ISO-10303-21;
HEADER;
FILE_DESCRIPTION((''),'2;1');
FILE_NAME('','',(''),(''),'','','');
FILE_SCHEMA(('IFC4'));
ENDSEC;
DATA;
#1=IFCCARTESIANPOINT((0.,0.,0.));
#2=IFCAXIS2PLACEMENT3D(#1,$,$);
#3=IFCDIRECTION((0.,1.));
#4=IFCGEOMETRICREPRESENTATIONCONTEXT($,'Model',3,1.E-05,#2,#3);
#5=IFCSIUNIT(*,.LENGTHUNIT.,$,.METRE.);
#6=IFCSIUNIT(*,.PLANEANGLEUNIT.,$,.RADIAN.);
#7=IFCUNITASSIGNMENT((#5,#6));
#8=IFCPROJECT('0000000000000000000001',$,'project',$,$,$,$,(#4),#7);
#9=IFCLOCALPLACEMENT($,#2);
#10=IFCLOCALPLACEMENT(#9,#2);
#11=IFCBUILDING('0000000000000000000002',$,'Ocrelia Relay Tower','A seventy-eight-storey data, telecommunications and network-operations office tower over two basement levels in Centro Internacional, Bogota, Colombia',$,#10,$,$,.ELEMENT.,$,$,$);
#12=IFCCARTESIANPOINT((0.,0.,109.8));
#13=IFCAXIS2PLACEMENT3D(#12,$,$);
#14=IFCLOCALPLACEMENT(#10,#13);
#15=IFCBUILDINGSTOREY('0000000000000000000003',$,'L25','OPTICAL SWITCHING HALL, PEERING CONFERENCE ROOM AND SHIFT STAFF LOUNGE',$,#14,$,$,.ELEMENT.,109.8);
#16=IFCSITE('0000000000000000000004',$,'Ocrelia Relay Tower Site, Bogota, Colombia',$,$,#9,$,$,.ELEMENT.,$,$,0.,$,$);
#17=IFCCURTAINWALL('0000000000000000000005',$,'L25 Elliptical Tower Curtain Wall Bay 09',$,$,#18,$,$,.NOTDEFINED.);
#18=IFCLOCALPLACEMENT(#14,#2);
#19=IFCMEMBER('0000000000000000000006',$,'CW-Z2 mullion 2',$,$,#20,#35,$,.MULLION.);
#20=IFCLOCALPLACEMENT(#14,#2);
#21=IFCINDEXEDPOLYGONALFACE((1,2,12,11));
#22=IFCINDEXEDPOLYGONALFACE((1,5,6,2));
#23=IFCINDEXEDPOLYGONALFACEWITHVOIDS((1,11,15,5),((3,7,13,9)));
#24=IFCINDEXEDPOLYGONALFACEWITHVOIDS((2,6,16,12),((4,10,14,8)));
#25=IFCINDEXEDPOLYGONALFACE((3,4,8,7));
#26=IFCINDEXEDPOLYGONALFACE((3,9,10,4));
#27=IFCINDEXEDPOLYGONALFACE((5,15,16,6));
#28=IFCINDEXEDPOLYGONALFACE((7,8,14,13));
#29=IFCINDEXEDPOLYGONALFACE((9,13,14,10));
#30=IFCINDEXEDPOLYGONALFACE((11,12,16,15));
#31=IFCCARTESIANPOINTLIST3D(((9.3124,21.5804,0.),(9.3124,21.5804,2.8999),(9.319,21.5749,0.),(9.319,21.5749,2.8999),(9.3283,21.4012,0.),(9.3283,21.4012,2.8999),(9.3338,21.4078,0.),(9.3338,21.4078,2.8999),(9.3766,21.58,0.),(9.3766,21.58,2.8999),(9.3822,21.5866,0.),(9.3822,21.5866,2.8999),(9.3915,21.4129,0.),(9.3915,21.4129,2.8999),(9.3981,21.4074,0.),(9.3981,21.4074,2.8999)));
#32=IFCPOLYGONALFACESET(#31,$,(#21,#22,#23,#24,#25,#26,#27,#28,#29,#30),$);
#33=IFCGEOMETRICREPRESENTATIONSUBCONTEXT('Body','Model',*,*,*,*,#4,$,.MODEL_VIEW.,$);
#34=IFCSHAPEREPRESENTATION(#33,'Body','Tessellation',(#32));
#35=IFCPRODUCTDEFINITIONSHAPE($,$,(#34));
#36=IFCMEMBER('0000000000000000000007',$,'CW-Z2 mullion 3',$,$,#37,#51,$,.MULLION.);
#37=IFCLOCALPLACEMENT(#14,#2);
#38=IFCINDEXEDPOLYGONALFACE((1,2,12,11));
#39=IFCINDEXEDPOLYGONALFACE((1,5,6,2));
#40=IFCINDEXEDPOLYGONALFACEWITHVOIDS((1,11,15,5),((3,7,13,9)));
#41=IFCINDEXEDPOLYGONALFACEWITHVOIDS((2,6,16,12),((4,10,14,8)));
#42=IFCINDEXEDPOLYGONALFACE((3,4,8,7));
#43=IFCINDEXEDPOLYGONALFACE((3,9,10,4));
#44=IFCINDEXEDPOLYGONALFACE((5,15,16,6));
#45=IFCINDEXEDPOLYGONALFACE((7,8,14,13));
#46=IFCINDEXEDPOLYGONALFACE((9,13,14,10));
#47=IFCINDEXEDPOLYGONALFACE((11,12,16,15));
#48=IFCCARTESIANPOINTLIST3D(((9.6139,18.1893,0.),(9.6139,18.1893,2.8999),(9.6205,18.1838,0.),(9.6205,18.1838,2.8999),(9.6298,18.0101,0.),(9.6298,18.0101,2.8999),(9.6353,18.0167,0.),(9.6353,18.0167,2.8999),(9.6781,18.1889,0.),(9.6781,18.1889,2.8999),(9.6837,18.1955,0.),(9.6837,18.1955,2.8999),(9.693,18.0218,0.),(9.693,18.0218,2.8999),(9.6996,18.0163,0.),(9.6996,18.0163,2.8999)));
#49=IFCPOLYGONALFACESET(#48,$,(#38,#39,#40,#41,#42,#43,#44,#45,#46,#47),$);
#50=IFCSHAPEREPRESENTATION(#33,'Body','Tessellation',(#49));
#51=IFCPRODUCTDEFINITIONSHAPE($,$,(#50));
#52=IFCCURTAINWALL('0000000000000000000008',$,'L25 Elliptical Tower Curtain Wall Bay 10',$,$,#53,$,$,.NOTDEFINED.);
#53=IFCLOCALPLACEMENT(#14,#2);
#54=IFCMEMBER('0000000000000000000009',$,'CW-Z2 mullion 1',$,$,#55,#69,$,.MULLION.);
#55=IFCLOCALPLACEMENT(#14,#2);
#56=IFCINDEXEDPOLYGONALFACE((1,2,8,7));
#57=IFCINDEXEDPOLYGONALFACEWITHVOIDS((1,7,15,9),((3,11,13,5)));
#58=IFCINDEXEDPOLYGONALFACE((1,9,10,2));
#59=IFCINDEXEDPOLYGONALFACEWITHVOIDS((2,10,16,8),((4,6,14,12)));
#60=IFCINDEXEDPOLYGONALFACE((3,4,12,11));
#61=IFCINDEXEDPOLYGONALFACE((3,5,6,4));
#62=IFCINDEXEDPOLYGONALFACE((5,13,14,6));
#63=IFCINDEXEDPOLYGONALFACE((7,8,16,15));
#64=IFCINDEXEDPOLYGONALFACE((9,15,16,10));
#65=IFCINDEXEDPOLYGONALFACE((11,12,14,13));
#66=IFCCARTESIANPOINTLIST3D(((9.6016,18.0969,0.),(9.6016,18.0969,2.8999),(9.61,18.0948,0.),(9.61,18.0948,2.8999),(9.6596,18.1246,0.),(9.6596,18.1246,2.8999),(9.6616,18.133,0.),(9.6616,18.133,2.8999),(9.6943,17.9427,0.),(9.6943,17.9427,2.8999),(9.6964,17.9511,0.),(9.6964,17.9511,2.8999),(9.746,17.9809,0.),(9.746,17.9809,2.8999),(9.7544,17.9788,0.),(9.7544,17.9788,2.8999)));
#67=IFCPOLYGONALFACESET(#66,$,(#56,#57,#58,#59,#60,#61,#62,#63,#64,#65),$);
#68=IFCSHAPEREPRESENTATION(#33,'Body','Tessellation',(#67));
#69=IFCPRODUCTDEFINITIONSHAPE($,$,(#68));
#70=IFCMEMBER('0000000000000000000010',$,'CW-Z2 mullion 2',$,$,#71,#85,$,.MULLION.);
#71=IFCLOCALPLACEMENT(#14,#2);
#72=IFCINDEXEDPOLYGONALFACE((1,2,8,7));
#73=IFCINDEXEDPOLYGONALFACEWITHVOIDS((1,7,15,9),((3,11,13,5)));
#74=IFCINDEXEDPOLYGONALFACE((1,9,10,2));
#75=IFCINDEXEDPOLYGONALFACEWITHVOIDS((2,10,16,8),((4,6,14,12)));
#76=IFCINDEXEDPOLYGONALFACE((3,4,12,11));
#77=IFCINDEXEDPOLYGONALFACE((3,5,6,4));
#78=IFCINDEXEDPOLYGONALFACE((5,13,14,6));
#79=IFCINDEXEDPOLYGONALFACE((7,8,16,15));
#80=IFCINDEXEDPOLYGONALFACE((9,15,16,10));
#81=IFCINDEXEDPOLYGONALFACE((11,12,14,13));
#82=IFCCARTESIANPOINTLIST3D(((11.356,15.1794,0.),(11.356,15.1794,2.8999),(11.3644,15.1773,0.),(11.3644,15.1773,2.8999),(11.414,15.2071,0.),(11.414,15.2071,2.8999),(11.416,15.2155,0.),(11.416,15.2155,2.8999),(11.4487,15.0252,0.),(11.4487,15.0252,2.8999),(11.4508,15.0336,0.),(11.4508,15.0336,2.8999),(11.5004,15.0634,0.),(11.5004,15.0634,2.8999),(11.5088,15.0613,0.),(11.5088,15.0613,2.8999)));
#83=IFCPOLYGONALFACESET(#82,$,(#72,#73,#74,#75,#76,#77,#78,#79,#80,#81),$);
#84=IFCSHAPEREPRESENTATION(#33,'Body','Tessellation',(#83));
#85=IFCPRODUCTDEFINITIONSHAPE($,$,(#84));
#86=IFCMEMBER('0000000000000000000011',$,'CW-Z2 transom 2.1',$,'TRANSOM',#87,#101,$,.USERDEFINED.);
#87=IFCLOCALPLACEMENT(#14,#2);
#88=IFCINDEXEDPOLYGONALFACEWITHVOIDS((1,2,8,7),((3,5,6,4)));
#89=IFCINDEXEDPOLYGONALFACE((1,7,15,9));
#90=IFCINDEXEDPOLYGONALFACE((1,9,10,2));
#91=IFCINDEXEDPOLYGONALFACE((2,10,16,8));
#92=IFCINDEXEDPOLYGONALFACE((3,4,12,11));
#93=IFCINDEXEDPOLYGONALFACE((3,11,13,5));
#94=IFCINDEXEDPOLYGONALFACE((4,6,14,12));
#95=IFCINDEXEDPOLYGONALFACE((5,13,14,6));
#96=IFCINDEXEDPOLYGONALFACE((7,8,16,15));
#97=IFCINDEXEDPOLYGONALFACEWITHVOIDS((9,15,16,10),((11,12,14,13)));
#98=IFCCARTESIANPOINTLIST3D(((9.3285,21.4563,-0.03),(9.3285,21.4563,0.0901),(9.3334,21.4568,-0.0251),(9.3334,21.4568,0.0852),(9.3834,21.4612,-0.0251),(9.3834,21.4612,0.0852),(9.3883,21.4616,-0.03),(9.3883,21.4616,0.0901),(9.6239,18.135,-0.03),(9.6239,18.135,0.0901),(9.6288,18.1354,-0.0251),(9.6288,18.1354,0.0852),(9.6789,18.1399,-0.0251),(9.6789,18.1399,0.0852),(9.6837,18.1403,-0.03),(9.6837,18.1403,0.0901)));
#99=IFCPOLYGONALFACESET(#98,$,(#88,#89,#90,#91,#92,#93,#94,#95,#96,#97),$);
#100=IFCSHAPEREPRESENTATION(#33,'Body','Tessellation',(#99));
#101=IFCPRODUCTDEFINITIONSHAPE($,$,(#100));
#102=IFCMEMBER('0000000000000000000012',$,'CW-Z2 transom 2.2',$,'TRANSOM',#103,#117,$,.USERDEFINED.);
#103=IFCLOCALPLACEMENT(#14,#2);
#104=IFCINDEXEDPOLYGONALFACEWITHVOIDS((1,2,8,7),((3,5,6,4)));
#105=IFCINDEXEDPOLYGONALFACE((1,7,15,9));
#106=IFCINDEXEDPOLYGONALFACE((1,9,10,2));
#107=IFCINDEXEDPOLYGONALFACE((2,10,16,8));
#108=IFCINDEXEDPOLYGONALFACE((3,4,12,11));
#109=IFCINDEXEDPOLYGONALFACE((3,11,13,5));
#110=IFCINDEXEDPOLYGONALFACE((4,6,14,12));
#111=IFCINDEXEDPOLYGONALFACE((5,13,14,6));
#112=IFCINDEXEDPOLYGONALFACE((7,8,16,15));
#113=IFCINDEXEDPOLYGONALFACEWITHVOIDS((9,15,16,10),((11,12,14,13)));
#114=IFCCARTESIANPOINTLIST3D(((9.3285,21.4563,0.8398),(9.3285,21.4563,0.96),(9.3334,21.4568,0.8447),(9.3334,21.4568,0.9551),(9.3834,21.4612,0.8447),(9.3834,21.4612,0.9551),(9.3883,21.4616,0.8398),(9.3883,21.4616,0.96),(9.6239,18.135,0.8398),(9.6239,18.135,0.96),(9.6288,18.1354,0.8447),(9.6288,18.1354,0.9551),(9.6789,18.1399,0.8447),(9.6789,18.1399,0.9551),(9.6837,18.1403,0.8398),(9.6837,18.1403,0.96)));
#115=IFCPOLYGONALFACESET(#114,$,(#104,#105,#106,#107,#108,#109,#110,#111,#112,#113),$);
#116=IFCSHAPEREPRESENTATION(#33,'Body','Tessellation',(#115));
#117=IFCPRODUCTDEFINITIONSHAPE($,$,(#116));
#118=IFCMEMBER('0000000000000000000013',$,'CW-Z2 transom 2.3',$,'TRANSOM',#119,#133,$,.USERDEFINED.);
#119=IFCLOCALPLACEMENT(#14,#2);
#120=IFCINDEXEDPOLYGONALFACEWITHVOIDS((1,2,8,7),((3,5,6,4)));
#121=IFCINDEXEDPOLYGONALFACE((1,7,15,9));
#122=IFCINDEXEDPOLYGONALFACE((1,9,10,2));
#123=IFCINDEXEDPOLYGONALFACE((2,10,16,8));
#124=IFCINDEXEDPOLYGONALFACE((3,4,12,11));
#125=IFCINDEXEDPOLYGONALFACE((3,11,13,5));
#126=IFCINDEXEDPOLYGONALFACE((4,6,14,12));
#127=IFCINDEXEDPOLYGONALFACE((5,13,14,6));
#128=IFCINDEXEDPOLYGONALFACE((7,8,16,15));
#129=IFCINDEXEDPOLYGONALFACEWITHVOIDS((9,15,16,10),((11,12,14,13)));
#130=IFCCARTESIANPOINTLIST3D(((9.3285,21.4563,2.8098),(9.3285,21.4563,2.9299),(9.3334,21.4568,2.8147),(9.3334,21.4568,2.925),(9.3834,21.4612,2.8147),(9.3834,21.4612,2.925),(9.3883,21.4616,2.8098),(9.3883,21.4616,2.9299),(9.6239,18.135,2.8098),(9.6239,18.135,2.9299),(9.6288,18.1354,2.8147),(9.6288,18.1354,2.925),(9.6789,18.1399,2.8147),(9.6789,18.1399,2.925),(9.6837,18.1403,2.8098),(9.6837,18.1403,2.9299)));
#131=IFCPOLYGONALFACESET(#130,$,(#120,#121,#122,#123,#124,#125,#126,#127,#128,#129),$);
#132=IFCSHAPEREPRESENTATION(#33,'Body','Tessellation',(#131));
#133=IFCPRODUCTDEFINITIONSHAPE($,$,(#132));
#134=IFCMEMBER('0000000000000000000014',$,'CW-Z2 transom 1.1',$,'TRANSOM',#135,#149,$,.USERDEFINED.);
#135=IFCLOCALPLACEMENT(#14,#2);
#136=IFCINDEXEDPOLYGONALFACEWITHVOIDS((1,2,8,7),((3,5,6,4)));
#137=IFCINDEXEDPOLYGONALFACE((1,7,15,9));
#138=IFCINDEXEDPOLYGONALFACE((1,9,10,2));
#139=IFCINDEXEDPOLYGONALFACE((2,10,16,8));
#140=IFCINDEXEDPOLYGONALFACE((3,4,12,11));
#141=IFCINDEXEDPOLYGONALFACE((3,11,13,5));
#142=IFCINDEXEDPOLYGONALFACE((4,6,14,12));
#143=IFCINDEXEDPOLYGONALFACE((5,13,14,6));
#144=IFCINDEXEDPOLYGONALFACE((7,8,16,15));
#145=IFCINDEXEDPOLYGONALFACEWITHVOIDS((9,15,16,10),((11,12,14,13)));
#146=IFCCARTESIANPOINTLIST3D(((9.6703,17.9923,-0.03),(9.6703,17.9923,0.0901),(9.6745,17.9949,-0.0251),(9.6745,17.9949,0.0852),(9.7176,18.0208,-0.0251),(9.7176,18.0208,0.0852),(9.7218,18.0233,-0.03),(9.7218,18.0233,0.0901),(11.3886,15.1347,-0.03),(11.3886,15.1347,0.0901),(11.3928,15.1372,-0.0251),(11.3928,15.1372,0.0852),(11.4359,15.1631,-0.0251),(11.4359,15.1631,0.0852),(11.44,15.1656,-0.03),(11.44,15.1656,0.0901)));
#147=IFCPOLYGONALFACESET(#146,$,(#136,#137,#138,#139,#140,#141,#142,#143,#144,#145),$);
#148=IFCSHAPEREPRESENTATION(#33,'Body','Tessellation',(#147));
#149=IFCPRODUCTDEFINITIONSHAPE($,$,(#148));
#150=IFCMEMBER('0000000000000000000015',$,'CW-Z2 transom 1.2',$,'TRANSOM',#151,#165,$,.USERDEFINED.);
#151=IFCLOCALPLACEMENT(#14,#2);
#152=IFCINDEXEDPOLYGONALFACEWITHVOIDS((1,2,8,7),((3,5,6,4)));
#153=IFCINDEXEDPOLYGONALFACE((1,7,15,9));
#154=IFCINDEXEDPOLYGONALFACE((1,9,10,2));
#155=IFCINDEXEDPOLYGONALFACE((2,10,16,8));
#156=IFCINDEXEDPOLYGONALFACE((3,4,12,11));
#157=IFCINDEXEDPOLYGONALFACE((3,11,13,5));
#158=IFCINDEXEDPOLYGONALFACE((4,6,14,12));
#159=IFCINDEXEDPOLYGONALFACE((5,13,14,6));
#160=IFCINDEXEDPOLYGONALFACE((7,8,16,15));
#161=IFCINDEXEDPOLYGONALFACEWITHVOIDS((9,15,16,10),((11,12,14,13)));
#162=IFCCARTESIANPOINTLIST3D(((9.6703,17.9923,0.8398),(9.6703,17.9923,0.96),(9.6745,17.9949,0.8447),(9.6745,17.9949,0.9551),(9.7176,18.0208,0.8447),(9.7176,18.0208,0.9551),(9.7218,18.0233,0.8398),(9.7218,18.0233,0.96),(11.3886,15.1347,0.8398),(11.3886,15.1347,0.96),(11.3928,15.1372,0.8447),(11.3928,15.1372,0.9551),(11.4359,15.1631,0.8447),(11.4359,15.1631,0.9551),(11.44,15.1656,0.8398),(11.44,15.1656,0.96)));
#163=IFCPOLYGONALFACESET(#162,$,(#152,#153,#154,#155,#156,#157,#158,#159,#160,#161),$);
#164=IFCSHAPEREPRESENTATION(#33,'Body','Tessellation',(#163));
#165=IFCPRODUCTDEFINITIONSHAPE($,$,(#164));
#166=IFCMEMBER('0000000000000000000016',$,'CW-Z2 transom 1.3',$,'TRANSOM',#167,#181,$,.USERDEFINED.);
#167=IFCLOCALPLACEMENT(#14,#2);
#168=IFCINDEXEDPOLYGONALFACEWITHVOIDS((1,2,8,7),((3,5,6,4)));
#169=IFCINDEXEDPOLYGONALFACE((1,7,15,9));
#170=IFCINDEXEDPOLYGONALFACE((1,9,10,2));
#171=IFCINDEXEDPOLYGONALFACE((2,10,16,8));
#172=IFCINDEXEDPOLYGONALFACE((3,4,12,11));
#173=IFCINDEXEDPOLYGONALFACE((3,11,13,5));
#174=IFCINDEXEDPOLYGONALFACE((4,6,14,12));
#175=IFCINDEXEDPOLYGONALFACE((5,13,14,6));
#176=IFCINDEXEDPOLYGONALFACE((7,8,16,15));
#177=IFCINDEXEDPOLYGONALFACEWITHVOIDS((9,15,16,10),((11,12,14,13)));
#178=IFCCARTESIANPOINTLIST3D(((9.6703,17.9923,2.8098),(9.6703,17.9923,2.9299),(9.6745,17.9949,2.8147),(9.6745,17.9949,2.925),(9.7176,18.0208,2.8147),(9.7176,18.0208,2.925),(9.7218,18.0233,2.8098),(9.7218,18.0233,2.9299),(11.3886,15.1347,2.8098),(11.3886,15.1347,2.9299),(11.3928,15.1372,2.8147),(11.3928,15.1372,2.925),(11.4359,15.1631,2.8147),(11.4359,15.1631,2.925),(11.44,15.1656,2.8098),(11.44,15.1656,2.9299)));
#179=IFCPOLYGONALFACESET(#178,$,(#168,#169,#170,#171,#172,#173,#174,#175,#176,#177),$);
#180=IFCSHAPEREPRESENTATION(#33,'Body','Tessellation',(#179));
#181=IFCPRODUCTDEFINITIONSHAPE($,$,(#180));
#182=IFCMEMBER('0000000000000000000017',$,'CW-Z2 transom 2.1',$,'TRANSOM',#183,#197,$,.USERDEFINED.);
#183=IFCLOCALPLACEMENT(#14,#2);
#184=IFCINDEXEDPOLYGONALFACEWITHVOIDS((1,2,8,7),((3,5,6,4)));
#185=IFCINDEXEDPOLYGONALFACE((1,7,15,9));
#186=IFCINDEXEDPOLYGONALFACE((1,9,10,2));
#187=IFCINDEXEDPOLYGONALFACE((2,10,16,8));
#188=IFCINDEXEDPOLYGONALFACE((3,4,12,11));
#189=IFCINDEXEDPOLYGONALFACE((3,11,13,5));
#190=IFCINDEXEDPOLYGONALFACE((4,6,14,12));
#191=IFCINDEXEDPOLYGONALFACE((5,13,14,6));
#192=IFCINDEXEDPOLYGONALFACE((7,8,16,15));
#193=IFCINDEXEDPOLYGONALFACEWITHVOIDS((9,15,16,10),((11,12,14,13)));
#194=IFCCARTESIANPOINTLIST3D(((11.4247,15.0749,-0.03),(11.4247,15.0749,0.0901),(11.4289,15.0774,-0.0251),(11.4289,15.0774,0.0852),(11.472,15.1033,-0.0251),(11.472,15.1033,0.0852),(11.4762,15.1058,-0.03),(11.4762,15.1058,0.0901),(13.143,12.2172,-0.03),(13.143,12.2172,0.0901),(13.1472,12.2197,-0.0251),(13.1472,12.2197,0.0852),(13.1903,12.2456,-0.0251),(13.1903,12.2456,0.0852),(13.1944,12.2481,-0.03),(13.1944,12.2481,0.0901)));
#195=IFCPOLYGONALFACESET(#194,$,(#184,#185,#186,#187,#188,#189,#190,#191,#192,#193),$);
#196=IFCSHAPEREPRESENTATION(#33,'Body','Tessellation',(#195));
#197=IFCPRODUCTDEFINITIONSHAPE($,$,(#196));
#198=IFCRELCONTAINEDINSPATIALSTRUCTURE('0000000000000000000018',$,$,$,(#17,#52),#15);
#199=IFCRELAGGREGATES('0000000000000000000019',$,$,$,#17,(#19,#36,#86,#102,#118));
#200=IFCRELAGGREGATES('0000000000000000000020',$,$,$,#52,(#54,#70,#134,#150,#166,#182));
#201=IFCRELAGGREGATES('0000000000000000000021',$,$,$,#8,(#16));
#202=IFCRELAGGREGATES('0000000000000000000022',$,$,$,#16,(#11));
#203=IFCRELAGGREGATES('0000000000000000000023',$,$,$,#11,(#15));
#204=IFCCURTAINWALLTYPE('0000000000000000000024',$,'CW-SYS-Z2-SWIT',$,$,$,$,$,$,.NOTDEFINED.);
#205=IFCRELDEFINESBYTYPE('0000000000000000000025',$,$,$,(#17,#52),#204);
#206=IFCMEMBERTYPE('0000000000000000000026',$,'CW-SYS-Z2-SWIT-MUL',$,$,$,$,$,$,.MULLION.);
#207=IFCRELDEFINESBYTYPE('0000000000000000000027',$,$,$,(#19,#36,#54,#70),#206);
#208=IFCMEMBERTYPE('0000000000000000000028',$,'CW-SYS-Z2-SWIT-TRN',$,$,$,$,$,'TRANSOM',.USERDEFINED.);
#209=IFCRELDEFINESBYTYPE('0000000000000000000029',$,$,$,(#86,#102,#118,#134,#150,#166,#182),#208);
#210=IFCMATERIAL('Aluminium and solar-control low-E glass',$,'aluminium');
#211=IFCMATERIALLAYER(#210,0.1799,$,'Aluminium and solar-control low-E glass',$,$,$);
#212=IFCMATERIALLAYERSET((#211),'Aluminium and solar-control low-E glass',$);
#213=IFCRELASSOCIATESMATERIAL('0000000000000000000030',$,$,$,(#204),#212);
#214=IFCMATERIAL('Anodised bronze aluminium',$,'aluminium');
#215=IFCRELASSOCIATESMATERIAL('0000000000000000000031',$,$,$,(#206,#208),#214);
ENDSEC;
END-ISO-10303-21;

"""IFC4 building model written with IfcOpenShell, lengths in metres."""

from ifc_helpers import new_model, si_unit, direction, frame, origin, origin_2d, place, context, subcontext, project, spatial, hollow_rectangle, extrude, material, layer, layer_set, material_profile, profile_set, type_object, element, aggregate, save


model = new_model("IFC4")

# Units and contexts
model_context = context("Model", 3, precision=1e-05, world=origin(), true_north=direction((0.0, 1.0)))
body_context = subcontext(model_context, "Body", "Model", "MODEL_VIEW")
ifc_project = project(units=[si_unit("LENGTHUNIT", "METRE"), si_unit("PLANEANGLEUNIT", "RADIAN")], contexts=[model_context])

# Site, building, storey
site_placement = place(None, origin())
site = spatial("IfcSite", under=ifc_project, at=site_placement, Name="Ocrelia Relay Tower Site, Bogota, Colombia", CompositionType="ELEMENT", RefElevation=0.0)
building_placement = place(site_placement, origin())
building = spatial("IfcBuilding", under=site, at=building_placement, Name="Ocrelia Relay Tower", Description="A seventy-eight-storey data, telecommunications and network-operations office tower over two basement levels in Centro Internacional, Bogota, Colombia", CompositionType="ELEMENT")
storey_placement = place(building_placement, frame((0.0, 0.0, 109.8)))
storey = spatial("IfcBuildingStorey", under=building, at=storey_placement, Name="L25", Description="OPTICAL SWITCHING HALL, PEERING CONFERENCE ROOM AND SHIFT STAFF LOUNGE", CompositionType="ELEMENT", Elevation=109.8)

# Curtain walls, members
ifc_material_1 = material(Name="Aluminium and solar-control low-E glass", Category="aluminium")
ifc_layer_1 = layer(ifc_material_1, 0.1799, Name="Aluminium and solar-control low-E glass")
ifc_layer_set_1 = layer_set([ifc_layer_1], Name="Aluminium and solar-control low-E glass")
curtain_wall_type = type_object("IfcCurtainWallType", Name="CW-SYS-Z2-SWIT", PredefinedType="NOTDEFINED", material=ifc_layer_set_1)
curtain_wall_1_placement = place(storey_placement, origin())
curtain_wall_1 = element("IfcCurtainWall", 1, at=curtain_wall_1_placement, inside=storey, type_object=curtain_wall_type, Name="L25 Elliptical Tower Curtain Wall Bay 09", PredefinedType="NOTDEFINED")
ifc_material_2 = material(Name="Anodised bronze aluminium", Category="aluminium")
ifc_material_profile_1 = material_profile(ifc_material_2, hollow_rectangle(XDim=0.0701, YDim=0.1799, WallThickness=0.0061, at=origin_2d()), Name="CW-MUL-180x70")
ifc_profile_set_1 = profile_set([ifc_material_profile_1], Name="Anodised bronze aluminium")
member_type_1 = type_object("IfcMemberType", Name="CW-SYS-Z2-SWIT-MUL", PredefinedType="MULLION", material=ifc_profile_set_1)
member_1_placement = place(storey_placement, frame((9.3552, 21.4939, 0.0), z_axis=(0.0, 0.0, 1.0), x_axis=(0.996071, 0.088558, 0.0)))
member_1 = element("IfcMember", 2, at=member_1_placement, type_object=member_type_1, Name="CW-Z2 mullion 2", PredefinedType="MULLION", context=body_context, shape_type="SweptSolid", body=[
    extrude(hollow_rectangle(XDim=0.0701, YDim=0.1799, WallThickness=0.0061, at=origin_2d()), origin(), (0.0, 0.0, 1.0), 2.8999),
])
member_2_placement = place(storey_placement, frame((9.6567, 18.1028, 0.0), z_axis=(0.0, 0.0, 1.0), x_axis=(0.996071, 0.088558, 0.0)))
member_2 = element("IfcMember", 3, at=member_2_placement, type_object=member_type_1, Name="CW-Z2 mullion 3", PredefinedType="MULLION", context=body_context, shape_type="SweptSolid", body=[
    extrude(hollow_rectangle(XDim=0.0701, YDim=0.1799, WallThickness=0.0061, at=origin_2d()), origin(), (0.0, 0.0, 1.0), 2.8999),
])
curtain_wall_2_placement = place(storey_placement, origin())
curtain_wall_2 = element("IfcCurtainWall", 4, at=curtain_wall_2_placement, inside=storey, type_object=curtain_wall_type, Name="L25 Elliptical Tower Curtain Wall Bay 10", PredefinedType="NOTDEFINED")
member_3_placement = place(storey_placement, frame((9.678, 18.0378, 0.0), z_axis=(0.0, 0.0, 1.0), x_axis=(0.856997, 0.515321, 0.0)))
member_3 = element("IfcMember", 5, at=member_3_placement, type_object=member_type_1, Name="CW-Z2 mullion 1", PredefinedType="MULLION", context=body_context, shape_type="SweptSolid", body=[
    extrude(hollow_rectangle(XDim=0.0701, YDim=0.1799, WallThickness=0.0061, at=origin_2d()), origin(), (0.0, 0.0, 1.0), 2.8999),
])
member_4_placement = place(storey_placement, frame((11.4324, 15.1204, 0.0), z_axis=(0.0, 0.0, 1.0), x_axis=(0.856997, 0.515321, 0.0)))
member_4 = element("IfcMember", 6, at=member_4_placement, type_object=member_type_1, Name="CW-Z2 mullion 2", PredefinedType="MULLION", context=body_context, shape_type="SweptSolid", body=[
    extrude(hollow_rectangle(XDim=0.0701, YDim=0.1799, WallThickness=0.0061, at=origin_2d()), origin(), (0.0, 0.0, 1.0), 2.8999),
])

# Members
ifc_material_profile_2 = material_profile(ifc_material_2, hollow_rectangle(XDim=0.0601, YDim=0.1201, WallThickness=0.0049, at=origin_2d()), Name="CW-TRN-120x60")
ifc_profile_set_2 = profile_set([ifc_material_profile_2], Name="Anodised bronze aluminium")
member_type_2 = type_object("IfcMemberType", Name="CW-SYS-Z2-SWIT-TRN", ElementType="TRANSOM", PredefinedType="USERDEFINED", material=ifc_profile_set_2)
member_5_placement = place(storey_placement, frame((9.3584, 21.459, 0.03), z_axis=(0.088595, -0.996068, 0.0), x_axis=(0.996068, 0.088595, 0.0)))
member_5 = element("IfcMember", 7, at=member_5_placement, type_object=member_type_2, Name="CW-Z2 transom 2.1", ObjectType="TRANSOM", PredefinedType="USERDEFINED", context=body_context, shape_type="SweptSolid", body=[
    extrude(hollow_rectangle(XDim=0.0601, YDim=0.1201, WallThickness=0.0049, at=origin_2d()), origin(), (0.0, 0.0, 1.0), 3.3345),
])
member_6_placement = place(storey_placement, frame((9.3584, 21.459, 0.8999), z_axis=(0.088595, -0.996068, 0.0), x_axis=(0.996068, 0.088595, 0.0)))
member_6 = element("IfcMember", 8, at=member_6_placement, type_object=member_type_2, Name="CW-Z2 transom 2.2", ObjectType="TRANSOM", PredefinedType="USERDEFINED", context=body_context, shape_type="SweptSolid", body=[
    extrude(hollow_rectangle(XDim=0.0601, YDim=0.1201, WallThickness=0.0049, at=origin_2d()), origin(), (0.0, 0.0, 1.0), 3.3345),
])
member_7_placement = place(storey_placement, frame((9.3584, 21.459, 2.8699), z_axis=(0.088595, -0.996068, 0.0), x_axis=(0.996068, 0.088595, 0.0)))
member_7 = element("IfcMember", 9, at=member_7_placement, type_object=member_type_2, Name="CW-Z2 transom 2.3", ObjectType="TRANSOM", PredefinedType="USERDEFINED", context=body_context, shape_type="SweptSolid", body=[
    extrude(hollow_rectangle(XDim=0.0601, YDim=0.1201, WallThickness=0.0049, at=origin_2d()), origin(), (0.0, 0.0, 1.0), 3.3345),
])
member_8_placement = place(storey_placement, frame((9.696, 18.0078, 0.03), z_axis=(0.515303, -0.857008, 0.0), x_axis=(0.857008, 0.515303, 0.0)))
member_8 = element("IfcMember", 10, at=member_8_placement, type_object=member_type_2, Name="CW-Z2 transom 1.1", ObjectType="TRANSOM", PredefinedType="USERDEFINED", context=body_context, shape_type="SweptSolid", body=[
    extrude(hollow_rectangle(XDim=0.0601, YDim=0.1201, WallThickness=0.0049, at=origin_2d()), origin(), (0.0, 0.0, 1.0), 3.3345),
])
member_9_placement = place(storey_placement, frame((9.696, 18.0078, 0.8999), z_axis=(0.515303, -0.857008, 0.0), x_axis=(0.857008, 0.515303, 0.0)))
member_9 = element("IfcMember", 11, at=member_9_placement, type_object=member_type_2, Name="CW-Z2 transom 1.2", ObjectType="TRANSOM", PredefinedType="USERDEFINED", context=body_context, shape_type="SweptSolid", body=[
    extrude(hollow_rectangle(XDim=0.0601, YDim=0.1201, WallThickness=0.0049, at=origin_2d()), origin(), (0.0, 0.0, 1.0), 3.3345),
])
member_10_placement = place(storey_placement, frame((9.696, 18.0078, 2.8699), z_axis=(0.515303, -0.857008, 0.0), x_axis=(0.857008, 0.515303, 0.0)))
member_10 = element("IfcMember", 12, at=member_10_placement, type_object=member_type_2, Name="CW-Z2 transom 1.3", ObjectType="TRANSOM", PredefinedType="USERDEFINED", context=body_context, shape_type="SweptSolid", body=[
    extrude(hollow_rectangle(XDim=0.0601, YDim=0.1201, WallThickness=0.0049, at=origin_2d()), origin(), (0.0, 0.0, 1.0), 3.3345),
])
member_11_placement = place(storey_placement, frame((11.4504, 15.0903, 0.03), z_axis=(0.515303, -0.857008, 0.0), x_axis=(0.857008, 0.515303, 0.0)))
member_11 = element("IfcMember", 13, at=member_11_placement, type_object=member_type_2, Name="CW-Z2 transom 2.1", ObjectType="TRANSOM", PredefinedType="USERDEFINED", context=body_context, shape_type="SweptSolid", body=[
    extrude(hollow_rectangle(XDim=0.0601, YDim=0.1201, WallThickness=0.0049, at=origin_2d()), origin(), (0.0, 0.0, 1.0), 3.3345),
])

aggregate(curtain_wall_1, [member_1, member_2, member_5, member_6, member_7])
aggregate(curtain_wall_2, [member_3, member_4, member_8, member_9, member_10, member_11])

save(model, "model.ifc")
